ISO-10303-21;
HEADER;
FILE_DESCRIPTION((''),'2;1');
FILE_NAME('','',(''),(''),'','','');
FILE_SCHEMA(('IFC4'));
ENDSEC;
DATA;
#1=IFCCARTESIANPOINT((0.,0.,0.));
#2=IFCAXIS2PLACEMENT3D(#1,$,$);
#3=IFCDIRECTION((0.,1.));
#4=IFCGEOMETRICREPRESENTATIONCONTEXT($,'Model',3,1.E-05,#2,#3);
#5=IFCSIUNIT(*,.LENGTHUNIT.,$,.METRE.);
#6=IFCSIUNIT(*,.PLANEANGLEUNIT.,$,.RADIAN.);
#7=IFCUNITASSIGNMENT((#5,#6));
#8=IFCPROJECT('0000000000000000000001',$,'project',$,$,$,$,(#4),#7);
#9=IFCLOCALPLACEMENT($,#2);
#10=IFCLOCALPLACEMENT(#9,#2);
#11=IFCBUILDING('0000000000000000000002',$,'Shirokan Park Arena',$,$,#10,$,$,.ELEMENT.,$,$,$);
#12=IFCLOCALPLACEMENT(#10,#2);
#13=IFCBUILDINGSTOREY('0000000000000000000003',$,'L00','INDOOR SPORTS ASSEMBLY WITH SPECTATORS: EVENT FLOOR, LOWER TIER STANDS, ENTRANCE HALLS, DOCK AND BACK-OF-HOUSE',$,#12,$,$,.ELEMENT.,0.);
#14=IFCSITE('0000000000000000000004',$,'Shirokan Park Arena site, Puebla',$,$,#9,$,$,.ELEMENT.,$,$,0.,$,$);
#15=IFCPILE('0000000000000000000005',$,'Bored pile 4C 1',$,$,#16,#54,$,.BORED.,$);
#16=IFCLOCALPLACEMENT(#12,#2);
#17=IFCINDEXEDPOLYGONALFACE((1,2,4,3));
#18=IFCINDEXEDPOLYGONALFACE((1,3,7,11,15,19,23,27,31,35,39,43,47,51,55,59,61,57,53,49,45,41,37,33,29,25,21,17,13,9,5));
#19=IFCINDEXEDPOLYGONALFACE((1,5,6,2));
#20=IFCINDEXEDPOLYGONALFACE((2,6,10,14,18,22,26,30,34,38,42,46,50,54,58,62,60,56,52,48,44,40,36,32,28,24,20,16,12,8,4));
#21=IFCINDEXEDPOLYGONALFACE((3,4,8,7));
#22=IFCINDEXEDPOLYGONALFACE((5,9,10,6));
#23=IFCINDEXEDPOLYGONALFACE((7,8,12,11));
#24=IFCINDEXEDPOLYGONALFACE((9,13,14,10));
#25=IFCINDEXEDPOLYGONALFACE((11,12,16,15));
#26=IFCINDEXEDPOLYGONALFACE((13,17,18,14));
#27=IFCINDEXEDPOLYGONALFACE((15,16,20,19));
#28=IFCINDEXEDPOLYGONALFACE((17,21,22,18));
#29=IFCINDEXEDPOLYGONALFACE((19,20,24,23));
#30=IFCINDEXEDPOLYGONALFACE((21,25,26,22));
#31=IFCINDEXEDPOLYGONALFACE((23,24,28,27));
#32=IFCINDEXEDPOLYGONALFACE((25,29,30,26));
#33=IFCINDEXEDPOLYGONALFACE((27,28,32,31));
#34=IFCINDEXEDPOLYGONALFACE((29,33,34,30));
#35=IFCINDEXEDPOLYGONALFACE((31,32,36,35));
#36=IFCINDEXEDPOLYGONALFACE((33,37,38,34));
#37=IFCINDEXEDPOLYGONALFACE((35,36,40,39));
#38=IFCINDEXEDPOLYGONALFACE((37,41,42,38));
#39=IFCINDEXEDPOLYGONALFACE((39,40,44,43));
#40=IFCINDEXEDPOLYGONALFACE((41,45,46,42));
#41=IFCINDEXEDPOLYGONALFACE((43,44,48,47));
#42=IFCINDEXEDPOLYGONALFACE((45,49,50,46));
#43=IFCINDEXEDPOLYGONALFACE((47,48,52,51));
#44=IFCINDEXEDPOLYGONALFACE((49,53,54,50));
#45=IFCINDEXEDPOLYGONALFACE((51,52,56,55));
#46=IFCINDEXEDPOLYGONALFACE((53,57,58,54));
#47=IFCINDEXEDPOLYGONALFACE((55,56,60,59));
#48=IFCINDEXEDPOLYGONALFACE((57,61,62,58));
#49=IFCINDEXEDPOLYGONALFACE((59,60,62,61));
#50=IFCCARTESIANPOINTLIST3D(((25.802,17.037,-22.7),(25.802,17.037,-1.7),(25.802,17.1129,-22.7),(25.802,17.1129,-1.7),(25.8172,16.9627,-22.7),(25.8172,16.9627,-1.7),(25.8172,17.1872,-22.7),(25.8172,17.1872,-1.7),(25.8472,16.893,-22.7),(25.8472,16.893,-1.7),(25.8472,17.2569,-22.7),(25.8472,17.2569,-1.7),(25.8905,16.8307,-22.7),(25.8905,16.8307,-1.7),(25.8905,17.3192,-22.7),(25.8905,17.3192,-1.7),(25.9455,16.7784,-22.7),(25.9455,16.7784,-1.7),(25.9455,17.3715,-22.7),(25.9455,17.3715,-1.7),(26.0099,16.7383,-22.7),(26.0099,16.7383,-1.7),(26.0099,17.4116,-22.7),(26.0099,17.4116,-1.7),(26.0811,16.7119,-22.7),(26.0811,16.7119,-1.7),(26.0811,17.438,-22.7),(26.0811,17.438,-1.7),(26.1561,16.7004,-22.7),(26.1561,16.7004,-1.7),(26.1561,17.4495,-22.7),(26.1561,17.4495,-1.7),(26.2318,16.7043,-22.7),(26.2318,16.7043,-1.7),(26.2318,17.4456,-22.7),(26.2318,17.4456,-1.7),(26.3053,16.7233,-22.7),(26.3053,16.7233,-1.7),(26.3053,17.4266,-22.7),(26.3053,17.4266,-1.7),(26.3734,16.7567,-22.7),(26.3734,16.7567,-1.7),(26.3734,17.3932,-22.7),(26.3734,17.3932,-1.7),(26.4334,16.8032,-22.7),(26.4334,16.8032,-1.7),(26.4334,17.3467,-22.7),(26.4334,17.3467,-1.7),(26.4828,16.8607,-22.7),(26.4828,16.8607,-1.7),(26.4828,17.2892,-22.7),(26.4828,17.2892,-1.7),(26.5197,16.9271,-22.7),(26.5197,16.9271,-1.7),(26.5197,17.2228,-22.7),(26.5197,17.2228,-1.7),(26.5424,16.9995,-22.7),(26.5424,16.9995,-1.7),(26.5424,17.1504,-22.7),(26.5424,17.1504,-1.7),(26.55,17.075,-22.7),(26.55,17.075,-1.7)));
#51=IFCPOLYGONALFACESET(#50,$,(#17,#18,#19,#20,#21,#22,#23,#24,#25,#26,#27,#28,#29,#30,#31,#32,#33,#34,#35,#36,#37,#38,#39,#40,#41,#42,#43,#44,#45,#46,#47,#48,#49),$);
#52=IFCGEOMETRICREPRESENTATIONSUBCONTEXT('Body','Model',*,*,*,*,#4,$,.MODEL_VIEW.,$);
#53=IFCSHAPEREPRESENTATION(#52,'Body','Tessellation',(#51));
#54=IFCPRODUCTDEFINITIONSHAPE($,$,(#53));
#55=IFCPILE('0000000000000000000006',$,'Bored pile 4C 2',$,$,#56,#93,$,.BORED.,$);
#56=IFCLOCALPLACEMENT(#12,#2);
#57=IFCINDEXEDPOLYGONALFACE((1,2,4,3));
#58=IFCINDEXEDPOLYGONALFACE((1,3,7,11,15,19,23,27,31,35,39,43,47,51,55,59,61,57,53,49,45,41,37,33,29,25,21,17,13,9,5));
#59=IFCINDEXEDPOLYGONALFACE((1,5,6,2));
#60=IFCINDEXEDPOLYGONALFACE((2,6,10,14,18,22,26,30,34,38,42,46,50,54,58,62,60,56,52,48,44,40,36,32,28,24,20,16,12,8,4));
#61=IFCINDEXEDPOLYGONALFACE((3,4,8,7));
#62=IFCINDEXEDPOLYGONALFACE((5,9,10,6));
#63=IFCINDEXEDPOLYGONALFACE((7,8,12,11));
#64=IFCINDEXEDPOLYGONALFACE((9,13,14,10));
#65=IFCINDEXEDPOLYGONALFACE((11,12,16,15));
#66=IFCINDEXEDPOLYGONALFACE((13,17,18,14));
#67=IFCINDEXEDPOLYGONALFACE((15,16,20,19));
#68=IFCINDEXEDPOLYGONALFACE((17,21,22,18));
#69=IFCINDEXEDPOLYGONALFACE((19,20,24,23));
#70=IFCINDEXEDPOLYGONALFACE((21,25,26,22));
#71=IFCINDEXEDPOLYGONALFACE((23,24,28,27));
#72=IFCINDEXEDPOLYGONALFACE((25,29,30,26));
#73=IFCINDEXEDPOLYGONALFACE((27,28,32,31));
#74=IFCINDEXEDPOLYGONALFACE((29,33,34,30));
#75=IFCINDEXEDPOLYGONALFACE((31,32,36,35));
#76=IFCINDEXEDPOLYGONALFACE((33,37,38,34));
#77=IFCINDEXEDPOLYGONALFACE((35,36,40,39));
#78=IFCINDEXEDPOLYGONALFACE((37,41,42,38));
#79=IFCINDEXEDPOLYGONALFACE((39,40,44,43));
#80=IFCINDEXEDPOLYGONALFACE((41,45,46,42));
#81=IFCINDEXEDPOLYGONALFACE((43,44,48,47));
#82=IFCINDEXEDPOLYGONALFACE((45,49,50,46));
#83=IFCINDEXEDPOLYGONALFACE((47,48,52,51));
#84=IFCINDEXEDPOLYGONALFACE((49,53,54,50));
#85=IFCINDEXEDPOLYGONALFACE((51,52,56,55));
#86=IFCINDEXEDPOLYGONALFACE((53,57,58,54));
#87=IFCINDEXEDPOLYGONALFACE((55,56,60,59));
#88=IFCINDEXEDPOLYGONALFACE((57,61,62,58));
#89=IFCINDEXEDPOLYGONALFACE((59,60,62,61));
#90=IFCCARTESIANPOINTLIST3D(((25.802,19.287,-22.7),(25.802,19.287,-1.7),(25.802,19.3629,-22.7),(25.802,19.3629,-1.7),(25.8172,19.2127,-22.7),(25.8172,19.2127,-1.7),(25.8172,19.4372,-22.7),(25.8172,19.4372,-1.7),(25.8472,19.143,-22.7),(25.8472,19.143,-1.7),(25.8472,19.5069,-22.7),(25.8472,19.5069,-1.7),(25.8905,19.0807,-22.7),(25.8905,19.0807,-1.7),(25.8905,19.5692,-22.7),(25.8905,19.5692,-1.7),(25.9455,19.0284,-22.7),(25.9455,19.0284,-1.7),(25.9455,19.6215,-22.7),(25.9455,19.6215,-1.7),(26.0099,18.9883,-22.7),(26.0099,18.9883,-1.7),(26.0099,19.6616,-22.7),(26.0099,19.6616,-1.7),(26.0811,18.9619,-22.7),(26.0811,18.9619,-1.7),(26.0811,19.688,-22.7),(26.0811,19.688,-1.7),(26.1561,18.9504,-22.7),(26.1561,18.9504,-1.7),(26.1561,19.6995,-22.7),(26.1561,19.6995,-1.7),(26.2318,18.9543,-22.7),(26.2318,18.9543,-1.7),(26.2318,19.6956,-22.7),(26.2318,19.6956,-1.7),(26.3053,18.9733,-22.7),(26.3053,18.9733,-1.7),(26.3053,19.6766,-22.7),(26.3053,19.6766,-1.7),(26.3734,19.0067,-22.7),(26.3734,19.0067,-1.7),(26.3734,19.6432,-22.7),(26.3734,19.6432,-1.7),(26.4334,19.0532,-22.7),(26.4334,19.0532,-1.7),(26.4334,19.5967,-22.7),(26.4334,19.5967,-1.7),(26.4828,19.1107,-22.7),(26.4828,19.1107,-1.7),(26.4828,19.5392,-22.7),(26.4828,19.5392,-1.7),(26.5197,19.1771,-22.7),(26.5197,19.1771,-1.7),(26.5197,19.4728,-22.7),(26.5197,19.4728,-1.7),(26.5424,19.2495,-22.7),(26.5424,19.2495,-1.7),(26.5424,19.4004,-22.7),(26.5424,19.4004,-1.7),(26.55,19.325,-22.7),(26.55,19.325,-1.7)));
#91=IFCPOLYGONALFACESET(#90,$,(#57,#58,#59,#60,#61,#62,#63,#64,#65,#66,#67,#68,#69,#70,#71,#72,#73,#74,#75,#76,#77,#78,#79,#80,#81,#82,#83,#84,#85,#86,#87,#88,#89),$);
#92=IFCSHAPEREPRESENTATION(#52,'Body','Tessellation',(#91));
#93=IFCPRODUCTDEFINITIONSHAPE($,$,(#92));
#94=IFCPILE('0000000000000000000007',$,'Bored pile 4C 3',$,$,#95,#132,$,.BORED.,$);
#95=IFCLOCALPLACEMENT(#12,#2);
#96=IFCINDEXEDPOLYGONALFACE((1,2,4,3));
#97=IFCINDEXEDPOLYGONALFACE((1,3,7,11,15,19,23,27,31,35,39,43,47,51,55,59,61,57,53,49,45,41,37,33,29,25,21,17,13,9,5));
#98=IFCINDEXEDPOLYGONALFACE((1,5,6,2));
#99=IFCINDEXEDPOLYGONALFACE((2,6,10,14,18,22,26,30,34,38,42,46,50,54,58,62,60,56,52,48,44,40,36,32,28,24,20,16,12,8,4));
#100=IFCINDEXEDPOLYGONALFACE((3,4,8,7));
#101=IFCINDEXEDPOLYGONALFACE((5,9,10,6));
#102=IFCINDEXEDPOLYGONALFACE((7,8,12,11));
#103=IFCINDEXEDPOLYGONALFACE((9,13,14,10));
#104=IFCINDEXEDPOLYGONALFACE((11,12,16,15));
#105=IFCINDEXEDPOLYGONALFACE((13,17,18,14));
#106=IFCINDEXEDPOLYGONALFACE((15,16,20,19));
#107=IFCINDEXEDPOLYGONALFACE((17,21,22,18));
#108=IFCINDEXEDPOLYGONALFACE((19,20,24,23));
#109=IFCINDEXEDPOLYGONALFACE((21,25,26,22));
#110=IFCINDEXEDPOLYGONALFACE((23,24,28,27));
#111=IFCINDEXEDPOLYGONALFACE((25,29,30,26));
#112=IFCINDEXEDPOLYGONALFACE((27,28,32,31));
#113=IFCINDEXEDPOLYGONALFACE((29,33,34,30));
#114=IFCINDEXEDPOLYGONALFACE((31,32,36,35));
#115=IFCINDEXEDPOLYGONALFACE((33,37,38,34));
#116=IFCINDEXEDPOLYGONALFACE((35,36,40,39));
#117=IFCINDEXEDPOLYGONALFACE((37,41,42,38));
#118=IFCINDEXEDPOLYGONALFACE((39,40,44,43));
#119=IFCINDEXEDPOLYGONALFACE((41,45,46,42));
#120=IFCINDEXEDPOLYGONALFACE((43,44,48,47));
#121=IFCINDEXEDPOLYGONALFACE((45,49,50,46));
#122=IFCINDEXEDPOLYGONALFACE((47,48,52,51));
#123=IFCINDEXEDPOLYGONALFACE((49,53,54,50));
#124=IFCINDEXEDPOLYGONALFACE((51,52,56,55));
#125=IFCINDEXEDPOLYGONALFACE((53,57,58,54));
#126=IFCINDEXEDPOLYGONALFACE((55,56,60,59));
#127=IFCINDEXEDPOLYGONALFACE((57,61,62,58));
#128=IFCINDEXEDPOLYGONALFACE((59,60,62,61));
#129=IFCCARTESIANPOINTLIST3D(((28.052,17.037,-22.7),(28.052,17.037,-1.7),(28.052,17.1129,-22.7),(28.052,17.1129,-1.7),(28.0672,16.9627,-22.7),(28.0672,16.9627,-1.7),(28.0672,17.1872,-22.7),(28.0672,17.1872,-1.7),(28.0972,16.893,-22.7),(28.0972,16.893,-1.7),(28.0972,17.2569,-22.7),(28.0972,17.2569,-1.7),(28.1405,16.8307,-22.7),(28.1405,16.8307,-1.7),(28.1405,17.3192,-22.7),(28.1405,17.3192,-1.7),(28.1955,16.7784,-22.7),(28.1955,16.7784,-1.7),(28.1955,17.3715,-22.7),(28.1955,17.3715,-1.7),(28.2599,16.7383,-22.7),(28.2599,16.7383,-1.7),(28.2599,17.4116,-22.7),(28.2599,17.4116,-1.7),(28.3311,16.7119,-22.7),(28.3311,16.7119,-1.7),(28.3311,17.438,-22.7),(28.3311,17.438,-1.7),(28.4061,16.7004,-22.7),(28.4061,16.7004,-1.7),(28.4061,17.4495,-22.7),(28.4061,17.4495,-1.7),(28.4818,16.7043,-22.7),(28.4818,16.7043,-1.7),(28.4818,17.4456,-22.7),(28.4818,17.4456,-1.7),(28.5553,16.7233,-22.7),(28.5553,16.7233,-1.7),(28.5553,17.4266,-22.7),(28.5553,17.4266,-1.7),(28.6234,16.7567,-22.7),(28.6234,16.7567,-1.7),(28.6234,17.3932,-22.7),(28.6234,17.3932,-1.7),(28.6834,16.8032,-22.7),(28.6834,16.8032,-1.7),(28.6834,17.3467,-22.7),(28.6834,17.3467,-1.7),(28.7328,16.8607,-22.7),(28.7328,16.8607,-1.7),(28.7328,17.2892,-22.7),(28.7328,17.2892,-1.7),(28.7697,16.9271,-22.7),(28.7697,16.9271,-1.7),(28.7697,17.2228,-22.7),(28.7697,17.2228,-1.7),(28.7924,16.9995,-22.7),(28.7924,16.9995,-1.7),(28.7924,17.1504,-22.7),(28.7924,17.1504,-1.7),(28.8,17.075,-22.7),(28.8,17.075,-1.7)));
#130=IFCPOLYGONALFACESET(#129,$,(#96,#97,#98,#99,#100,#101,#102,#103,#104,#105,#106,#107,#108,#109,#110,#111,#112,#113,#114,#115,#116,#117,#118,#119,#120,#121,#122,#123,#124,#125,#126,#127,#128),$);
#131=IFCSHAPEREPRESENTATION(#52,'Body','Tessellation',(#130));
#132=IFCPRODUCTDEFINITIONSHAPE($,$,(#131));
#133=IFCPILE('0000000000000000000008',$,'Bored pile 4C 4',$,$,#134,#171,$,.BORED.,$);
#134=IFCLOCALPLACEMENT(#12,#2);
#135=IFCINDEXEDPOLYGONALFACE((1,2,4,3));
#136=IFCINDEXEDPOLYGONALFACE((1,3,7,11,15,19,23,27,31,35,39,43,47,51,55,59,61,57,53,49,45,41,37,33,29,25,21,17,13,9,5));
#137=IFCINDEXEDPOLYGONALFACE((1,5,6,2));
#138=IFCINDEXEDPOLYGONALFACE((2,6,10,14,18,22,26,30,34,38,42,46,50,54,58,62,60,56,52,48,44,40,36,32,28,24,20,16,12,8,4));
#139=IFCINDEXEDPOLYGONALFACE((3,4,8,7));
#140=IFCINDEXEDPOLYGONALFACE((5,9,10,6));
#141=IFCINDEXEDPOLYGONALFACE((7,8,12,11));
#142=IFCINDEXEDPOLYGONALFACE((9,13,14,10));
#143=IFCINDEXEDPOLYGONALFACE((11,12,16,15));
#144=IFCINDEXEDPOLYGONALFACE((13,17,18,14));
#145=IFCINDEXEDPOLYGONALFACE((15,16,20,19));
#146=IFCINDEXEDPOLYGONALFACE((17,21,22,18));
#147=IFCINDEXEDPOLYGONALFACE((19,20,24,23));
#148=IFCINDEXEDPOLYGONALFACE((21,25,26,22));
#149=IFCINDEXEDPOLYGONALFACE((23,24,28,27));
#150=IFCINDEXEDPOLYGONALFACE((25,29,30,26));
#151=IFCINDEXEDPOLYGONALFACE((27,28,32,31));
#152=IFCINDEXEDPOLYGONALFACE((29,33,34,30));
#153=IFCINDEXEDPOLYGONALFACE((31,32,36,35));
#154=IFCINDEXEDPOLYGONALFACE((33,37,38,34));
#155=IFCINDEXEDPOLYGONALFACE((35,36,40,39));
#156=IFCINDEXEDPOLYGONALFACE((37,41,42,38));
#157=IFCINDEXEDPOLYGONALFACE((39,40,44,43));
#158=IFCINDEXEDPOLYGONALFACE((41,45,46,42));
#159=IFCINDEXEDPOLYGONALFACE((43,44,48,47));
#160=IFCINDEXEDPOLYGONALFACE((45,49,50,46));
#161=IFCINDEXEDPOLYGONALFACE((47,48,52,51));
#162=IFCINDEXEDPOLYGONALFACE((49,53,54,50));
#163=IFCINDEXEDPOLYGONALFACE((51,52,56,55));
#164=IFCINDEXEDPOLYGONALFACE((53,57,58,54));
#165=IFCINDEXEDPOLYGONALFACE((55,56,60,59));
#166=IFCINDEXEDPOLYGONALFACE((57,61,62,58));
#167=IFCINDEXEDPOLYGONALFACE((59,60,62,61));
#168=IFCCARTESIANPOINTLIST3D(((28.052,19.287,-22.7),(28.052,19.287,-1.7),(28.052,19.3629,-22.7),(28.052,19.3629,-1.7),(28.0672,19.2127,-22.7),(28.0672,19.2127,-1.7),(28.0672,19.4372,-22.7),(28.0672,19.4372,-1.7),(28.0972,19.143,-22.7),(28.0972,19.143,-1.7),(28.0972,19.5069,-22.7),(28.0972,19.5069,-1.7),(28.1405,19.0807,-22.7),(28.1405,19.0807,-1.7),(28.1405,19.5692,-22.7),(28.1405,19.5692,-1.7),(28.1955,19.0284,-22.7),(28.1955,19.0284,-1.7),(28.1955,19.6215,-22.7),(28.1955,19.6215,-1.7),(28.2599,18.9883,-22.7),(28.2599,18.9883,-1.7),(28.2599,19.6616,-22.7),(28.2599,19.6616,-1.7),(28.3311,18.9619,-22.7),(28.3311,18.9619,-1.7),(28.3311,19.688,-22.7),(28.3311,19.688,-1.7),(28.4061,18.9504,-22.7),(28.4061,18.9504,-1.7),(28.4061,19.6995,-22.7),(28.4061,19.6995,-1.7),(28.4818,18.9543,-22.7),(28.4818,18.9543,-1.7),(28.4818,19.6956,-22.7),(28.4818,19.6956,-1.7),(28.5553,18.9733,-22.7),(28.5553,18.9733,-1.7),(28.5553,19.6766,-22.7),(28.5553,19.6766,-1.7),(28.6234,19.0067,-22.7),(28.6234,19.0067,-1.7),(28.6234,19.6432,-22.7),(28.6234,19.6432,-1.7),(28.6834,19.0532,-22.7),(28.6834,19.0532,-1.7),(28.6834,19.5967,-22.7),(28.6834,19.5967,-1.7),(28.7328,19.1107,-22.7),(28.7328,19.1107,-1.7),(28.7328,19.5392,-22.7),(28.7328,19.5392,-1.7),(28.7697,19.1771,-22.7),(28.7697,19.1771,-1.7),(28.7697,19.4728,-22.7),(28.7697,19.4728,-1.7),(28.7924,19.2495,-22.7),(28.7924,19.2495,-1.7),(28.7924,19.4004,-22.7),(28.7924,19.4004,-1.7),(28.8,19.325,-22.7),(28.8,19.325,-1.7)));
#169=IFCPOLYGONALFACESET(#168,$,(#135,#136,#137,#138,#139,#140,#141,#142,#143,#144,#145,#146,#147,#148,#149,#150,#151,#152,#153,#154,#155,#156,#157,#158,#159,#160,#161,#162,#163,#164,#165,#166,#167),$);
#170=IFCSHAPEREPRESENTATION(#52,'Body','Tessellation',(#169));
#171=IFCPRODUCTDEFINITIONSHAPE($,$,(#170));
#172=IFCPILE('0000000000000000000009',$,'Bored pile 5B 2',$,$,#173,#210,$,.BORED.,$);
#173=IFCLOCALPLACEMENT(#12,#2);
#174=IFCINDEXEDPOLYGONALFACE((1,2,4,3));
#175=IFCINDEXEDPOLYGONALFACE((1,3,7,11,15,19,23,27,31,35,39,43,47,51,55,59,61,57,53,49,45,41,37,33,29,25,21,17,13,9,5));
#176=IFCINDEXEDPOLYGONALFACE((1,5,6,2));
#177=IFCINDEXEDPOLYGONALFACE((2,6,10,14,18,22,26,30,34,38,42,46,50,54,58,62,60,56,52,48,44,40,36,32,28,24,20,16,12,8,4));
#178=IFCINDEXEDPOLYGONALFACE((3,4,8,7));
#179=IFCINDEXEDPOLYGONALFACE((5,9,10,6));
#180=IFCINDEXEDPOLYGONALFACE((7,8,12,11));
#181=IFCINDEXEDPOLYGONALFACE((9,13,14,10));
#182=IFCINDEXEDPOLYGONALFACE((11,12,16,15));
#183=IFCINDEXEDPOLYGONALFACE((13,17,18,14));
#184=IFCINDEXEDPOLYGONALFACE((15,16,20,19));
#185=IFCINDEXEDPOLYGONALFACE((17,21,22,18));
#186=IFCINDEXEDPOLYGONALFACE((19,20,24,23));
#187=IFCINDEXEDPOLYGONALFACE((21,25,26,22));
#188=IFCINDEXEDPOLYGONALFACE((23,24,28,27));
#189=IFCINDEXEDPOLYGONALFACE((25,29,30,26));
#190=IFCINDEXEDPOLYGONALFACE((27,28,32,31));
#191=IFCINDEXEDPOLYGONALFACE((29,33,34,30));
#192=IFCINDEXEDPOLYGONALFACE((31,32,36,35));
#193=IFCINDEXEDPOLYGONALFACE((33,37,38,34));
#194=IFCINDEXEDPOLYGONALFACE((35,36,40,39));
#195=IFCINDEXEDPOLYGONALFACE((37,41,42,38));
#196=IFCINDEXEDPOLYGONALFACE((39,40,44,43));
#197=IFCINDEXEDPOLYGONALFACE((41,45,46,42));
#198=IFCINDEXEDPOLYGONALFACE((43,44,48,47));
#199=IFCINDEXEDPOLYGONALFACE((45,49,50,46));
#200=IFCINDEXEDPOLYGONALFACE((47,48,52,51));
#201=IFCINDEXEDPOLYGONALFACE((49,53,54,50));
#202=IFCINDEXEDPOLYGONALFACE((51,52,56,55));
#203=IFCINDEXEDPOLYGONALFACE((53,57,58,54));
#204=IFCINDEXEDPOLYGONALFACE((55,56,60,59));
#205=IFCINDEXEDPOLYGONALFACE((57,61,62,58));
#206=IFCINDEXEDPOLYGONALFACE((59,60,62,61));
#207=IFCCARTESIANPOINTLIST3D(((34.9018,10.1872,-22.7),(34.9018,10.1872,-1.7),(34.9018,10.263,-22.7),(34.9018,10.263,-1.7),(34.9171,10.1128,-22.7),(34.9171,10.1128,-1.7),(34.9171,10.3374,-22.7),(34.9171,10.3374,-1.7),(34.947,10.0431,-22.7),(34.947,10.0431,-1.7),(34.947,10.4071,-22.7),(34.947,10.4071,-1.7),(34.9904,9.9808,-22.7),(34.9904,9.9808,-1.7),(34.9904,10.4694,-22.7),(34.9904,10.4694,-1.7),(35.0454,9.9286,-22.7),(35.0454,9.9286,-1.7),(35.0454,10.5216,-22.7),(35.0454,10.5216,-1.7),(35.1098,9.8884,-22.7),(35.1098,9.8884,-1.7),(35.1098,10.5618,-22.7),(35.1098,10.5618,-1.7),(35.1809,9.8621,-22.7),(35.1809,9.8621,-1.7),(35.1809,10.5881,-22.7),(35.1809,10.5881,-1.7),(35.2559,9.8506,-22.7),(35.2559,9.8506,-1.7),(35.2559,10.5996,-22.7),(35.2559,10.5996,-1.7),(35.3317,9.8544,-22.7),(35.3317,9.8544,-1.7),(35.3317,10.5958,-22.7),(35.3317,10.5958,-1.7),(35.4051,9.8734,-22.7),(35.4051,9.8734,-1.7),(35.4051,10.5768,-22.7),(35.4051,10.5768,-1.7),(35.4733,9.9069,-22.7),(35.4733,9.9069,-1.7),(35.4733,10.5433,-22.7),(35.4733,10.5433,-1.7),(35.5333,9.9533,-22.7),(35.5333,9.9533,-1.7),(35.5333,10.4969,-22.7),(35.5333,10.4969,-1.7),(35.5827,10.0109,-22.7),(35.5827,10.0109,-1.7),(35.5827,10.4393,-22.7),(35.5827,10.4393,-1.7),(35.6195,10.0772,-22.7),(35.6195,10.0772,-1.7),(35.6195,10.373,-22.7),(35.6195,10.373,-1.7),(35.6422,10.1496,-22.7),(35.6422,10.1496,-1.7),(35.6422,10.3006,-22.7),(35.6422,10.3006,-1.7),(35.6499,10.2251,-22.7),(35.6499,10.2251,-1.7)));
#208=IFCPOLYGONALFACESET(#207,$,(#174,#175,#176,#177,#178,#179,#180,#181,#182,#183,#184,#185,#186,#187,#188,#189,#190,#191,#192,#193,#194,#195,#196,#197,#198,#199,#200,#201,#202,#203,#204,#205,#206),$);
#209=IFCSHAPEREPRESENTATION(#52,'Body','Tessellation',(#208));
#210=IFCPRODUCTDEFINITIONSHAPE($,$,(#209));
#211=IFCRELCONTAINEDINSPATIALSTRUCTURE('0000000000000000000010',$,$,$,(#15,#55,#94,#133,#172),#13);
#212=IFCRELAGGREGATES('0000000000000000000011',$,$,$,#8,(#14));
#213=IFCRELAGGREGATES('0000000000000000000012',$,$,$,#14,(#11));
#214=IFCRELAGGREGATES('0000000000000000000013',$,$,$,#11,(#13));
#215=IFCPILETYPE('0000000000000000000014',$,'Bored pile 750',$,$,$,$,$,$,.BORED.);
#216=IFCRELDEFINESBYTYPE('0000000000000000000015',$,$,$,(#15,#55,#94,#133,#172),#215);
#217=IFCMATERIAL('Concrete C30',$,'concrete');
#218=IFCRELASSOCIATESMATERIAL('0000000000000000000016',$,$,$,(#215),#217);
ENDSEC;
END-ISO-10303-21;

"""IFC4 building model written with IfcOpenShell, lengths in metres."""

from ifc_helpers import new_model, si_unit, direction, frame, origin, origin_2d, place, context, subcontext, project, spatial, circle, extrude, material, material_profile, profile_set, type_object, element, save


model = new_model("IFC4")

# Units and contexts
model_context = context("Model", 3, precision=1e-05, world=origin(), true_north=direction((0.0, 1.0)))
body_context = subcontext(model_context, "Body", "Model", "MODEL_VIEW")
ifc_project = project(units=[si_unit("LENGTHUNIT", "METRE"), si_unit("PLANEANGLEUNIT", "RADIAN")], contexts=[model_context])

# Site, building, storey
site_placement = place(None, origin())
site = spatial("IfcSite", under=ifc_project, at=site_placement, Name="Shirokan Park Arena site, Puebla", CompositionType="ELEMENT", RefElevation=0.0)
building_placement = place(site_placement, origin())
building = spatial("IfcBuilding", under=site, at=building_placement, Name="Shirokan Park Arena", CompositionType="ELEMENT")
storey_placement = place(building_placement, origin())
storey = spatial("IfcBuildingStorey", under=building, at=storey_placement, Name="L00", Description="INDOOR SPORTS ASSEMBLY WITH SPECTATORS: EVENT FLOOR, LOWER TIER STANDS, ENTRANCE HALLS, DOCK AND BACK-OF-HOUSE", CompositionType="ELEMENT", Elevation=0.0)

# Piles
ifc_material_1 = material(Name="Concrete C30", Category="concrete")
ifc_material_profile_1 = material_profile(ifc_material_1, circle(Radius=0.375, at=origin_2d()), Name="D750")
ifc_profile_set_1 = profile_set([ifc_material_profile_1], Name="Concrete C30")
pile_type = type_object("IfcPileType", Name="Bored pile 750", PredefinedType="BORED", material=ifc_profile_set_1)
for number, where, z_axis, x_axis, name in (
    (1, (26.175, 17.075, -1.7), (0.0, 0.0, -1.0), (1.0, 0.0, 0.0), "Bored pile 4C 1"),
    (2, (26.175, 19.325, -1.7), (0.0, 0.0, -1.0), (1.0, 0.0, 0.0), "Bored pile 4C 2"),
    (3, (28.425, 17.075, -1.7), (0.0, 0.0, -1.0), (1.0, 0.0, 0.0), "Bored pile 4C 3"),
    (4, (28.425, 19.325, -1.7), (0.0, 0.0, -1.0), (1.0, 0.0, 0.0), "Bored pile 4C 4"),
    (5, (35.2749, 10.2251, -1.7), (0.0, 0.0, -1.0), (1.0, 0.0, 0.0), "Bored pile 5B 2"),
):
    element("IfcPile", number, at=place(storey_placement, frame(where, z_axis=z_axis, x_axis=x_axis)), inside=storey, type_object=pile_type, Name=name, PredefinedType="BORED", context=body_context, shape_type="SweptSolid", body=[
        extrude(circle(Radius=0.375, at=origin_2d()), origin(), (0.0, 0.0, 1.0), 21.0),
    ])

save(model, "model.ifc")
